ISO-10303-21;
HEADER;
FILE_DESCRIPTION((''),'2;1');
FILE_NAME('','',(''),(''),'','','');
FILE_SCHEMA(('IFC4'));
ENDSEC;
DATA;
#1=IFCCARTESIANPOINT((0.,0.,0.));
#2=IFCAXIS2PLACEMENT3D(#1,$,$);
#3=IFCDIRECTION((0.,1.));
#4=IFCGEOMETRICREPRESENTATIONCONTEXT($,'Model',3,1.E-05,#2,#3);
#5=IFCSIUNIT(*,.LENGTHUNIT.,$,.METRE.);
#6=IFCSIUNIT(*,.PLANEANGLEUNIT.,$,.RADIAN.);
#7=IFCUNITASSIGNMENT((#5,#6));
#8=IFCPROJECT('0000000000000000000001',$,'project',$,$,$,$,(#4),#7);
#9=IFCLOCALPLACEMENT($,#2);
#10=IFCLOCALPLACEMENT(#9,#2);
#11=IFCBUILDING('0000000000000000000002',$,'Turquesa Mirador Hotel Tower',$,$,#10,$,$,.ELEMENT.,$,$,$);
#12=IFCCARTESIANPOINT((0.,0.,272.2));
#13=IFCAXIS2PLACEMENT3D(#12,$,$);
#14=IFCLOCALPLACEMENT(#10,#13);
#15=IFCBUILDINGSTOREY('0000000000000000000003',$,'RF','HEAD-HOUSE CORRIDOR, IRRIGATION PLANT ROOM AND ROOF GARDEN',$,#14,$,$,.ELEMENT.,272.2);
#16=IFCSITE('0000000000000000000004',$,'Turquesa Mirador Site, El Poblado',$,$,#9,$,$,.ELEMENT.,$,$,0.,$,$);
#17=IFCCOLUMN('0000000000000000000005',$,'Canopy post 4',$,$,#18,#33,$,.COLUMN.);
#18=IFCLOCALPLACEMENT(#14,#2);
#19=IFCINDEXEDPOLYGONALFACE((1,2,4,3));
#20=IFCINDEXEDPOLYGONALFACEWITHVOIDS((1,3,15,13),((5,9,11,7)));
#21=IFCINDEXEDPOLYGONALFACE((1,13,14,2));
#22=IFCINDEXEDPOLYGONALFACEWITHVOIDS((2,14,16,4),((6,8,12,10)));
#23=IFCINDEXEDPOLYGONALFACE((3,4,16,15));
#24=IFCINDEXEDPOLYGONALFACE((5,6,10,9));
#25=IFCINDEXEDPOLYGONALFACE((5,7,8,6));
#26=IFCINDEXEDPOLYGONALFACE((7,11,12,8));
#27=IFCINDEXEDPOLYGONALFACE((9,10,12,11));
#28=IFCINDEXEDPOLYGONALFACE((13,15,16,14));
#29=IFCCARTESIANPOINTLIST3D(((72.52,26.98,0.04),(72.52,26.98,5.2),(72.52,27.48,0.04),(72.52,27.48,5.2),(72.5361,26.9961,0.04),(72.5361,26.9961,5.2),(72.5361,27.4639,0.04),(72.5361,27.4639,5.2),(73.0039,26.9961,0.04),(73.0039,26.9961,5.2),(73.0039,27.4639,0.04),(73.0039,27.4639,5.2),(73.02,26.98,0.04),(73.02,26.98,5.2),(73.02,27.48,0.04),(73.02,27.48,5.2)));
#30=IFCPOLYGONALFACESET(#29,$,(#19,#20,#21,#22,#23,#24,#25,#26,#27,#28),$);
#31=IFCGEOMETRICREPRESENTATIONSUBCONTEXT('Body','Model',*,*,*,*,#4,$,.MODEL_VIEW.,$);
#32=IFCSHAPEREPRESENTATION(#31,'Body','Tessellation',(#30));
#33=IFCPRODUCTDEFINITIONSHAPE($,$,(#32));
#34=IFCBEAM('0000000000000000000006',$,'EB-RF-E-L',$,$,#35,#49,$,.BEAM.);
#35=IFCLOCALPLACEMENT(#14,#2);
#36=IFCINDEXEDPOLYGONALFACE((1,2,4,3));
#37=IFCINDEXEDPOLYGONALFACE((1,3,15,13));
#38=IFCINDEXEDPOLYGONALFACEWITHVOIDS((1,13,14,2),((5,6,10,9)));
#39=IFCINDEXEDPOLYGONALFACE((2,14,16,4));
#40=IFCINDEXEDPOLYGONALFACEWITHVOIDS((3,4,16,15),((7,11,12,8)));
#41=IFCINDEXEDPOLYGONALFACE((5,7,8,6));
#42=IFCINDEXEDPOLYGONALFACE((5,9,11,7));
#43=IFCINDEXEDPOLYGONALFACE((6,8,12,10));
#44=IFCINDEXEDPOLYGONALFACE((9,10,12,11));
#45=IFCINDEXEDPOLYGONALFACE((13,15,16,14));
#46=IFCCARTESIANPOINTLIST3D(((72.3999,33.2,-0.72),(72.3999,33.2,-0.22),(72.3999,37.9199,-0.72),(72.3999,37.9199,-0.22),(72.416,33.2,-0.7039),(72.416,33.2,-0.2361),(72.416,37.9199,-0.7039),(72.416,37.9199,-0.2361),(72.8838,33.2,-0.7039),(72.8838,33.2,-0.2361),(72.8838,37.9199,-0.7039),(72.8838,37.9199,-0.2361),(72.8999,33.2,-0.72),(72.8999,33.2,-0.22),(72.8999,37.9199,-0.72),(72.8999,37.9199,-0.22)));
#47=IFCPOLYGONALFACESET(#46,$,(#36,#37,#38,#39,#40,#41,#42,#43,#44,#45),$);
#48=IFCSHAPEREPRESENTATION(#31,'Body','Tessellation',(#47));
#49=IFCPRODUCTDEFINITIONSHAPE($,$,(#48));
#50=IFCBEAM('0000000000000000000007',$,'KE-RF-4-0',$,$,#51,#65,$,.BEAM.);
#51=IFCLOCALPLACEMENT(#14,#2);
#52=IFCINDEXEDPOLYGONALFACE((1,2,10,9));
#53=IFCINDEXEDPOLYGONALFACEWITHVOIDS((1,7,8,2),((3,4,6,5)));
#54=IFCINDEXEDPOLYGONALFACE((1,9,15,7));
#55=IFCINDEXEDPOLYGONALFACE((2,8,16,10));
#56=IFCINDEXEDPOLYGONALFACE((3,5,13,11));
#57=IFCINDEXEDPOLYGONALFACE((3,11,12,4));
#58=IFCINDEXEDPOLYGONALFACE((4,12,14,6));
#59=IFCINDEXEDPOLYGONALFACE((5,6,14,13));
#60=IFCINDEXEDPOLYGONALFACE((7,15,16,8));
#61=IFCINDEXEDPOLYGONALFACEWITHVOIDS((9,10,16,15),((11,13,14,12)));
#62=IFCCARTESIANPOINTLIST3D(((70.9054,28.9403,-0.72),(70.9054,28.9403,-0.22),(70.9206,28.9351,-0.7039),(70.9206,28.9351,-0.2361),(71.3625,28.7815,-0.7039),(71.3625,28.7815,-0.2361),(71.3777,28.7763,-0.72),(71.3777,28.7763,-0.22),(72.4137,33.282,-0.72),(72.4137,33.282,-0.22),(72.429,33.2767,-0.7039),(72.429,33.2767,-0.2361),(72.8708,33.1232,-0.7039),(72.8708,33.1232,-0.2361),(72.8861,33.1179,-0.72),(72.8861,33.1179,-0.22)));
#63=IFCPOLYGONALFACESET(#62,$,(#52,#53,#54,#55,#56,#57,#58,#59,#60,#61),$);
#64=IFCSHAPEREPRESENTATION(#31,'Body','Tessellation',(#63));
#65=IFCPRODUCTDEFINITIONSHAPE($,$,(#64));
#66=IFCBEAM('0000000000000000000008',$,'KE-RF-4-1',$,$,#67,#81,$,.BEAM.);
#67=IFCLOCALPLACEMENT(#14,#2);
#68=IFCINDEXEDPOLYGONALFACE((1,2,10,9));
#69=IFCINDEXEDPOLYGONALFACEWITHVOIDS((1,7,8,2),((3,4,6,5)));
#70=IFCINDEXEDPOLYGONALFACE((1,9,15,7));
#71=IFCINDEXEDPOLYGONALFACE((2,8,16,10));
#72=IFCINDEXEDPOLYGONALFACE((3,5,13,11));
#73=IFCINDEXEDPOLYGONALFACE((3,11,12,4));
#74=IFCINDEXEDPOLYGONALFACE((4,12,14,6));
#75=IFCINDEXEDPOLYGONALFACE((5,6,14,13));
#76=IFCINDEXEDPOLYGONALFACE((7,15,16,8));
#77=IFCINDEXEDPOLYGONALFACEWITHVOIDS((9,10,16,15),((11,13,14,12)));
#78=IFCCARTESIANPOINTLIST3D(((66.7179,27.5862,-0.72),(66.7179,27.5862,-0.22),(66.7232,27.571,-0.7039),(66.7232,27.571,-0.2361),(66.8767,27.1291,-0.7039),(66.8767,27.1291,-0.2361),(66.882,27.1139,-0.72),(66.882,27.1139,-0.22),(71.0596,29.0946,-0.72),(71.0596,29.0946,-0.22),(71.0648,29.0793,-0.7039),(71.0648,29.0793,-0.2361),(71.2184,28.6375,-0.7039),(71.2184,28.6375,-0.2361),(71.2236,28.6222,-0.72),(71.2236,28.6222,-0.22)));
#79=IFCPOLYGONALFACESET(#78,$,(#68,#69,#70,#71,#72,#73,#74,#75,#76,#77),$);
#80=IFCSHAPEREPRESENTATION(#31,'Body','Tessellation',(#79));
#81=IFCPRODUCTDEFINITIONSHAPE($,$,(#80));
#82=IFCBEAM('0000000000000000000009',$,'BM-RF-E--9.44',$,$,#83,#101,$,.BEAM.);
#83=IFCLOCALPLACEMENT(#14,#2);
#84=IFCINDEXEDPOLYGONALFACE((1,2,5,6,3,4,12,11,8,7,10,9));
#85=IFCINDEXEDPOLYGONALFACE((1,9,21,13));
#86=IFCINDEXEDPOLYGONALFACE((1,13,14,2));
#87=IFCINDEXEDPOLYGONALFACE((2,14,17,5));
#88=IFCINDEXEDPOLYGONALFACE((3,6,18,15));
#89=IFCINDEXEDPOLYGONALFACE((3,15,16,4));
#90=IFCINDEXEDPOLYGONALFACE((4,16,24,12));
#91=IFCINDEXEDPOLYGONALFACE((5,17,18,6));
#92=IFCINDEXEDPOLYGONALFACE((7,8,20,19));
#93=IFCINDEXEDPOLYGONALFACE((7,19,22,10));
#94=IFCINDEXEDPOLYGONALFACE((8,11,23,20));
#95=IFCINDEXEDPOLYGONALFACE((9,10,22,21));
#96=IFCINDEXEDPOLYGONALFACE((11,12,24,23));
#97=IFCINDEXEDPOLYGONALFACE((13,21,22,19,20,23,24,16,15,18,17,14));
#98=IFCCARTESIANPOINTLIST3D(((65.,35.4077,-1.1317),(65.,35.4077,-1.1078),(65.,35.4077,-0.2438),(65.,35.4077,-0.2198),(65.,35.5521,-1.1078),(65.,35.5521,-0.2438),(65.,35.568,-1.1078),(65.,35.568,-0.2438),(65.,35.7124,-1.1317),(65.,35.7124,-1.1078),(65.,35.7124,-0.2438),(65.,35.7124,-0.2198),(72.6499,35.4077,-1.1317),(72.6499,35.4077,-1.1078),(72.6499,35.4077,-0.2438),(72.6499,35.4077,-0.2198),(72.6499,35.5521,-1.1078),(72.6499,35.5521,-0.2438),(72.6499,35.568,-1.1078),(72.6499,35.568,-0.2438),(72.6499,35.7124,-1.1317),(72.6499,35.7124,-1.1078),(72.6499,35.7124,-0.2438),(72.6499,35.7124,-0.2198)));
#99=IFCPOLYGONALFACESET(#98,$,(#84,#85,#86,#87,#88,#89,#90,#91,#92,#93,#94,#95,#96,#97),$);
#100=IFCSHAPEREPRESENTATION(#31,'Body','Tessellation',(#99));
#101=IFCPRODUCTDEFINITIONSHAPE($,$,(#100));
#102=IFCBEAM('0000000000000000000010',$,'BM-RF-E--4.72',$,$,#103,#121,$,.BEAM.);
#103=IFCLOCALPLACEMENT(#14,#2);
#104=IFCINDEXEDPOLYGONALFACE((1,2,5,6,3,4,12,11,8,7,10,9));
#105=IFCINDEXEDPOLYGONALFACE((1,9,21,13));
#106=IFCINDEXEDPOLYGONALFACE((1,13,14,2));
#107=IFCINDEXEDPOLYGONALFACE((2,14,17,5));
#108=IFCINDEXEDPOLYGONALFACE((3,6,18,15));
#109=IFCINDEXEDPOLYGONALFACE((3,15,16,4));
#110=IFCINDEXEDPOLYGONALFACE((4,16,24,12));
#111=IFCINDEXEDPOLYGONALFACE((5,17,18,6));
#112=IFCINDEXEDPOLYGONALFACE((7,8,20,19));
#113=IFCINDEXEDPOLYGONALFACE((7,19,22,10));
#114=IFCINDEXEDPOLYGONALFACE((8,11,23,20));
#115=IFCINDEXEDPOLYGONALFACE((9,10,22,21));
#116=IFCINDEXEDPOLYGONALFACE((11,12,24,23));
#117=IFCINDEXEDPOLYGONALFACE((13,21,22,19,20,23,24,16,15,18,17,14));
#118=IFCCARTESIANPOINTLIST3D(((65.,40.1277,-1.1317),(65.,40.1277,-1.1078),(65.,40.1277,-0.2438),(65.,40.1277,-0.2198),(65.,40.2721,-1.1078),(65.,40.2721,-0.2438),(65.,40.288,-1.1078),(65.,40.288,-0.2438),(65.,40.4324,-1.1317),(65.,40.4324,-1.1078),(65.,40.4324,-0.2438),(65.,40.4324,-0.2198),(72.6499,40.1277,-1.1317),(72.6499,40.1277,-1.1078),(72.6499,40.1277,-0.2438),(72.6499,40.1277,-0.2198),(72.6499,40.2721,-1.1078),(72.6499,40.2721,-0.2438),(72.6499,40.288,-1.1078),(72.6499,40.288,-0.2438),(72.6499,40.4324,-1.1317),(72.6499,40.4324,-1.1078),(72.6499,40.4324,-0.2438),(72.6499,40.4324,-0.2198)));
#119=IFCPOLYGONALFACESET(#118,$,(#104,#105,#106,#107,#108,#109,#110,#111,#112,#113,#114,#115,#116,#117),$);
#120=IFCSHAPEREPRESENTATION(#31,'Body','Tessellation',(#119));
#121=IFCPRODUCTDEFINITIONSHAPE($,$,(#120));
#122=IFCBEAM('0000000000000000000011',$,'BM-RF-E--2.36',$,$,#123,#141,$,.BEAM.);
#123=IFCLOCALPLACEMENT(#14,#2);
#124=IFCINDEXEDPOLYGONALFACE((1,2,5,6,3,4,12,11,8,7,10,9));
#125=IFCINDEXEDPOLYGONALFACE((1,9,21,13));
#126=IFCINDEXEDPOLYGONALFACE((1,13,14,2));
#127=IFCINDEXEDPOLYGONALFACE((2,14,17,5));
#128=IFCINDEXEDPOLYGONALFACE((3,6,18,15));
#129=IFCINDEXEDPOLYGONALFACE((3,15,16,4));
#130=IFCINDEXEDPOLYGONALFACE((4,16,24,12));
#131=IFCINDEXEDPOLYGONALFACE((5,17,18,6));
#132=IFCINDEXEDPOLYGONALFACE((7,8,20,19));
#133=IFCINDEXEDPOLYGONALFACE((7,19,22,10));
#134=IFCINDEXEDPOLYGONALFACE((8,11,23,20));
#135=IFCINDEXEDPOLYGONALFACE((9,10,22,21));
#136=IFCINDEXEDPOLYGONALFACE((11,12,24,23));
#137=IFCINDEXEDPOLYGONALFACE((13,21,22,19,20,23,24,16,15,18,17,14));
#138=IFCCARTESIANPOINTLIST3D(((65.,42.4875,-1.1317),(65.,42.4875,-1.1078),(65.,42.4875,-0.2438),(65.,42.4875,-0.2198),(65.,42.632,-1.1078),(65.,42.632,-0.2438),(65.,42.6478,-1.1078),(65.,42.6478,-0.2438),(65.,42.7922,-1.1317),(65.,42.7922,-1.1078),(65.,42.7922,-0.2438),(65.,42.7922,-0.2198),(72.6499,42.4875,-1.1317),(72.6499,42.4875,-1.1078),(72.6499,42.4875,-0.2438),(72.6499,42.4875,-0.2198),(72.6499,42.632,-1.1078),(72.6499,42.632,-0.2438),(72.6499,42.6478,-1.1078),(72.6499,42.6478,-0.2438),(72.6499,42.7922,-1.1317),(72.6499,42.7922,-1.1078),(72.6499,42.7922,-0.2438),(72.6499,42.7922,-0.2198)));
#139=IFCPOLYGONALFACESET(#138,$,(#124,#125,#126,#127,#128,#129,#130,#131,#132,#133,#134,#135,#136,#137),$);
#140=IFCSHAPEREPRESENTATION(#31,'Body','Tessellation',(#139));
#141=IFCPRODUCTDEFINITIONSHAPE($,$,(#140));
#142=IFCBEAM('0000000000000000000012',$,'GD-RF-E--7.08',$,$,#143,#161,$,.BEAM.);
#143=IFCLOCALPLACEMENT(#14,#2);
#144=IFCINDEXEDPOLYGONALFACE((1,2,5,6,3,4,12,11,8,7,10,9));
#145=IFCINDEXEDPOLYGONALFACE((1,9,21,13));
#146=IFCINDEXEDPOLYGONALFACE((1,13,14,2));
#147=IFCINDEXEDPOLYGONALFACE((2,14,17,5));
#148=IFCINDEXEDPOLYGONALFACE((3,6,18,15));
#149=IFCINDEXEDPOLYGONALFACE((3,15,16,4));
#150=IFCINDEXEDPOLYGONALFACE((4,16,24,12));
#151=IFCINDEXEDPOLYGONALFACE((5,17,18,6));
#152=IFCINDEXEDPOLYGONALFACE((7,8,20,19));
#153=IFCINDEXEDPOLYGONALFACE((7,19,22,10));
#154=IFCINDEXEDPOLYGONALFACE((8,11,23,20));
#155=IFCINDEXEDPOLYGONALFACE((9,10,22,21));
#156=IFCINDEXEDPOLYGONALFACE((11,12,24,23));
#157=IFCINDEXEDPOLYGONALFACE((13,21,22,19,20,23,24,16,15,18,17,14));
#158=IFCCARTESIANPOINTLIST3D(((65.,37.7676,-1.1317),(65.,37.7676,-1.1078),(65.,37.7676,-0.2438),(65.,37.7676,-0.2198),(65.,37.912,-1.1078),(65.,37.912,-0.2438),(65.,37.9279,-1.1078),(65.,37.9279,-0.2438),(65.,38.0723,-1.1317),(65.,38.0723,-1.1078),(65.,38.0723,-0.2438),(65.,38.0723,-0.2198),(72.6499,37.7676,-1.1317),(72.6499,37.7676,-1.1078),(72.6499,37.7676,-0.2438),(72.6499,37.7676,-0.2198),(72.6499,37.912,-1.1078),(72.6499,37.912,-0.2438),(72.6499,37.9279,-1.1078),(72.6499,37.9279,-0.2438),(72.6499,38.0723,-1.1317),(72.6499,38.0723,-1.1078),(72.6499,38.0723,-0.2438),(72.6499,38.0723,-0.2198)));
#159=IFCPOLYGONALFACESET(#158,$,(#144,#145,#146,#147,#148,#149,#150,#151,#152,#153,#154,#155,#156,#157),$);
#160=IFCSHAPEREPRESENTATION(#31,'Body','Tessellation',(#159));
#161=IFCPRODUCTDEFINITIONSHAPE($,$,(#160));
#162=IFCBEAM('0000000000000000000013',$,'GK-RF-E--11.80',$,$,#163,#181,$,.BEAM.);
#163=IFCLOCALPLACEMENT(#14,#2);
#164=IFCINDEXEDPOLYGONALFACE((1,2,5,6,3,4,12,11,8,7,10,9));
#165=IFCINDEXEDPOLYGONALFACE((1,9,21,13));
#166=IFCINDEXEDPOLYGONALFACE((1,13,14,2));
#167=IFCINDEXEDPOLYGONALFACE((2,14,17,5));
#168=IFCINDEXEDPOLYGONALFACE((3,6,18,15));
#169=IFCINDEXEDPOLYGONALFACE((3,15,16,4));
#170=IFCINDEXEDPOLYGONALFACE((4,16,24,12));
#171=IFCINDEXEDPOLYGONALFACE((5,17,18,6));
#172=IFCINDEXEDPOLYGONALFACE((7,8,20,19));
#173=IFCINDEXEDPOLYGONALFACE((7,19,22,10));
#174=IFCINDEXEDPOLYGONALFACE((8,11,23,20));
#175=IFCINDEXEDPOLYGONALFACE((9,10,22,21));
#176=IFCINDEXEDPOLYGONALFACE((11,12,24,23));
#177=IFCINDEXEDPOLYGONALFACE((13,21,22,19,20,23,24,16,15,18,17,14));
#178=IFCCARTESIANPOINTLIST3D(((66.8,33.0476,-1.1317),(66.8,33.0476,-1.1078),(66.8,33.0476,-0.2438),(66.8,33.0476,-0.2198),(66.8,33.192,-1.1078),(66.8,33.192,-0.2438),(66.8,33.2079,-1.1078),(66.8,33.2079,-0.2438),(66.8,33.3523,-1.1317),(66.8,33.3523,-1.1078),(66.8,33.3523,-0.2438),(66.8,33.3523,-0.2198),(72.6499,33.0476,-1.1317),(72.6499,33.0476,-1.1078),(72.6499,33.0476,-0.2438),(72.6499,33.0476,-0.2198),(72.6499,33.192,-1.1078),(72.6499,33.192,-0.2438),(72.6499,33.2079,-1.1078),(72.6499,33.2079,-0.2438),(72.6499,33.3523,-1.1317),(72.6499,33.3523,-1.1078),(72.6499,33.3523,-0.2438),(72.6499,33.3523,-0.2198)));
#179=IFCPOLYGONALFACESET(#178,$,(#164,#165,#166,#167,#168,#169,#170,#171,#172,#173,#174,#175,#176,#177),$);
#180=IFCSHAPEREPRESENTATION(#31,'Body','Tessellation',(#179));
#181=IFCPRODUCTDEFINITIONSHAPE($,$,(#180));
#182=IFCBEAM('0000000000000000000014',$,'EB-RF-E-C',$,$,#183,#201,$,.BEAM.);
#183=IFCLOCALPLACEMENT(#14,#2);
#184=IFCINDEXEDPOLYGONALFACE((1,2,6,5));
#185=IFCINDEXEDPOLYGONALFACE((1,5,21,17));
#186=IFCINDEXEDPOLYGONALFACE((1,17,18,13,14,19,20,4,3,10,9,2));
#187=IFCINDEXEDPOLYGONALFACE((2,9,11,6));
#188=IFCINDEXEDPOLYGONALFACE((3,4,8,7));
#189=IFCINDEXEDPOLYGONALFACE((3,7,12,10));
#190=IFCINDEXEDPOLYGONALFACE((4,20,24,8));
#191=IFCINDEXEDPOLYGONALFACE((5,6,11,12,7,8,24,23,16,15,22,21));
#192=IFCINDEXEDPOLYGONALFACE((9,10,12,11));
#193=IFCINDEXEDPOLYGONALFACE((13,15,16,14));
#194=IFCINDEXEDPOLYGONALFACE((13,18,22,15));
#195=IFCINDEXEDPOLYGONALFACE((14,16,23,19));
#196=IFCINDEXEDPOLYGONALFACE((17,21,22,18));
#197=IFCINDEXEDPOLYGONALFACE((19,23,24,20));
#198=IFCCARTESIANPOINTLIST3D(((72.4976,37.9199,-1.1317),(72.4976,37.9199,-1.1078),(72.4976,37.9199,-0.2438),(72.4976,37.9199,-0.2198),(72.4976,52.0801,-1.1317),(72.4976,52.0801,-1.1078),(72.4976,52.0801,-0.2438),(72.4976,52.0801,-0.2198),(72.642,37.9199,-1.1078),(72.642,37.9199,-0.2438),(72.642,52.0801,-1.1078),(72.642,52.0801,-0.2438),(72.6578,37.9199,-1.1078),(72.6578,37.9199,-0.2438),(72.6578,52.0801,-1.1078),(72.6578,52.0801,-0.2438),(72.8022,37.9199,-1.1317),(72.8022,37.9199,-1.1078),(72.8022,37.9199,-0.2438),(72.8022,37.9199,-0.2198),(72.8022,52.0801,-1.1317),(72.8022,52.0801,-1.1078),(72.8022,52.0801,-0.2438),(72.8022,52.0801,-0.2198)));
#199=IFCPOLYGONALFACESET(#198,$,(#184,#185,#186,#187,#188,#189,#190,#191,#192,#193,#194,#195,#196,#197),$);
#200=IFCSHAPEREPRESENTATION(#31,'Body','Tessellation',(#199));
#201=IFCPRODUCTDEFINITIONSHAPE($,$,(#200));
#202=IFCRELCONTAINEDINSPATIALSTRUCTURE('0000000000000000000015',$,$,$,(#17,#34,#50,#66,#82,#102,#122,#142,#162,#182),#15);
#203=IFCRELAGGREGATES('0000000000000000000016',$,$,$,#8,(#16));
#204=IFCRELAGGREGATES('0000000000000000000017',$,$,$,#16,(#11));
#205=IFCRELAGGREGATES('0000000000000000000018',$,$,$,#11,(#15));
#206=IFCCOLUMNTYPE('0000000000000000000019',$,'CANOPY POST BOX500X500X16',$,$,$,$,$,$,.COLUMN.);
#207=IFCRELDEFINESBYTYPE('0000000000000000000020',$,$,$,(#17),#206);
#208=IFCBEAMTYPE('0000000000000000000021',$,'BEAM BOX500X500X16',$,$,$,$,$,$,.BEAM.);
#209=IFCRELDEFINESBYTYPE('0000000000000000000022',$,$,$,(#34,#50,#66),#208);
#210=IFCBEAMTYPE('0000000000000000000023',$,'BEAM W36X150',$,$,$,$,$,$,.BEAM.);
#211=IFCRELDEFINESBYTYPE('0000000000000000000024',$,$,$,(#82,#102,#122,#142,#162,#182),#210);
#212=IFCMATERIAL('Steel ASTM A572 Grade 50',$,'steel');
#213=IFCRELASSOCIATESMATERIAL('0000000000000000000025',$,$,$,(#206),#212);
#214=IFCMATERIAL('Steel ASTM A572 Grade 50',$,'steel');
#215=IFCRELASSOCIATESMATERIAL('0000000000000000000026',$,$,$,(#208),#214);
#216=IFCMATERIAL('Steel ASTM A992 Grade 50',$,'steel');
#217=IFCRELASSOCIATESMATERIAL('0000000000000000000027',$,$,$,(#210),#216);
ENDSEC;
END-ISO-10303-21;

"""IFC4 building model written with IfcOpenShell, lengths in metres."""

from ifc_helpers import new_model, si_unit, direction, frame, origin, origin_2d, place, context, subcontext, project, spatial, hollow_rectangle, i_section, extrude, clip, halfspace, material, material_profile, profile_set, type_object, element, save


model = new_model("IFC4")

# Units and contexts
model_context = context("Model", 3, precision=1e-05, world=origin(), true_north=direction((0.0, 1.0)))
body_context = subcontext(model_context, "Body", "Model", "MODEL_VIEW")
ifc_project = project(units=[si_unit("LENGTHUNIT", "METRE"), si_unit("PLANEANGLEUNIT", "RADIAN")], contexts=[model_context])

# Site, building, storey
site_placement = place(None, origin())
site = spatial("IfcSite", under=ifc_project, at=site_placement, Name="Turquesa Mirador Site, El Poblado", CompositionType="ELEMENT", RefElevation=0.0)
building_placement = place(site_placement, origin())
building = spatial("IfcBuilding", under=site, at=building_placement, Name="Turquesa Mirador Hotel Tower", CompositionType="ELEMENT")
storey_placement = place(building_placement, frame((0.0, 0.0, 272.2)))
storey = spatial("IfcBuildingStorey", under=building, at=storey_placement, Name="RF", Description="HEAD-HOUSE CORRIDOR, IRRIGATION PLANT ROOM AND ROOF GARDEN", CompositionType="ELEMENT", Elevation=272.2)

# Column
ifc_material_1 = material(Name="Steel ASTM A572 Grade 50", Category="steel")
ifc_material_profile_1 = material_profile(ifc_material_1, hollow_rectangle(XDim=0.5, YDim=0.5, WallThickness=0.0161, at=origin_2d()), Name="BOX500X500X16")
ifc_profile_set_1 = profile_set([ifc_material_profile_1], Name="Steel ASTM A572 Grade 50")
column_type = type_object("IfcColumnType", Name="CANOPY POST BOX500X500X16", PredefinedType="COLUMN", material=ifc_profile_set_1)
column_placement = place(storey_placement, frame((72.77, 27.23, 0.0), z_axis=(0.0, 0.0, 1.0), x_axis=(1.0, 0.0, 0.0)))
element("IfcColumn", 1, at=column_placement, inside=storey, type_object=column_type, Name="Canopy post 4", PredefinedType="COLUMN", context=body_context, shape_type="Clipping", body=[
    clip(extrude(hollow_rectangle(XDim=0.5, YDim=0.5, WallThickness=0.0161, at=origin_2d()), origin(), (0.0, 0.0, 1.0), 5.2), halfspace(frame((0.0, 0.0, 0.04), z_axis=(0.0, 0.0, -1.0), x_axis=(1.0, 0.0, 0.0)), False)),
])

# Beams
ifc_material_2 = material(Name="Steel ASTM A572 Grade 50", Category="steel")
ifc_material_profile_2 = material_profile(ifc_material_2, hollow_rectangle(XDim=0.5, YDim=0.5, WallThickness=0.0161, at=origin_2d()), Name="BOX500X500X16")
ifc_profile_set_2 = profile_set([ifc_material_profile_2], Name="Steel ASTM A572 Grade 50")
beam_type_1 = type_object("IfcBeamType", Name="BEAM BOX500X500X16", PredefinedType="BEAM", material=ifc_profile_set_2)
beam_1_placement = place(storey_placement, frame((72.6499, 33.2, -0.47), z_axis=(0.0, 1.0, 0.0), x_axis=(-1.0, 0.0, 0.0)))
element("IfcBeam", 2, at=beam_1_placement, inside=storey, type_object=beam_type_1, Name="EB-RF-E-L", PredefinedType="BEAM", context=body_context, shape_type="SweptSolid", body=[
    extrude(hollow_rectangle(XDim=0.5, YDim=0.5, WallThickness=0.0161, at=origin_2d()), origin(), (0.0, 0.0, 1.0), 4.72),
])
for number, where, z_axis, x_axis, name in (
    (3, (72.6499, 33.2, -0.47), (-0.32817, -0.944619, 0.0), (0.944619, -0.32817, 0.0), "KE-RF-4-0"),
    (4, (71.1416, 28.8584, -0.47), (-0.944619, -0.32817, 0.0), (0.32817, -0.944619, 0.0), "KE-RF-4-1"),
):
    element("IfcBeam", number, at=place(storey_placement, frame(where, z_axis=z_axis, x_axis=x_axis)), inside=storey, type_object=beam_type_1, Name=name, PredefinedType="BEAM", context=body_context, shape_type="SweptSolid", body=[
        extrude(hollow_rectangle(XDim=0.5, YDim=0.5, WallThickness=0.0161, at=origin_2d()), origin(), (0.0, 0.0, 1.0), 4.5962),
    ])
ifc_material_3 = material(Name="Steel ASTM A992 Grade 50", Category="steel")
ifc_material_profile_3 = material_profile(ifc_material_3, i_section(OverallWidth=0.3047, OverallDepth=0.9119, WebThickness=0.0159, FlangeThickness=0.0239, at=origin_2d()), Name="W36X150")
ifc_profile_set_3 = profile_set([ifc_material_profile_3], Name="Steel ASTM A992 Grade 50")
beam_type_2 = type_object("IfcBeamType", Name="BEAM W36X150", PredefinedType="BEAM", material=ifc_profile_set_3)
for number, where, z_axis, x_axis, name in (
    (5, (72.6499, 35.5601, -0.6758), (-1.0, 0.0, 0.0), (0.0, -1.0, 0.0), "BM-RF-E--9.44"),
    (6, (72.6499, 40.28, -0.6758), (-1.0, 0.0, 0.0), (0.0, -1.0, 0.0), "BM-RF-E--4.72"),
    (7, (72.6499, 42.6399, -0.6758), (-1.0, 0.0, 0.0), (0.0, -1.0, 0.0), "BM-RF-E--2.36"),
    (8, (72.6499, 37.9199, -0.6758), (-1.0, 0.0, 0.0), (0.0, -1.0, 0.0), "GD-RF-E--7.08"),
):
    element("IfcBeam", number, at=place(storey_placement, frame(where, z_axis=z_axis, x_axis=x_axis)), inside=storey, type_object=beam_type_2, Name=name, PredefinedType="BEAM", context=body_context, shape_type="SweptSolid", body=[
        extrude(i_section(OverallWidth=0.3047, OverallDepth=0.9119, WebThickness=0.0159, FlangeThickness=0.0239, at=origin_2d()), origin(), (0.0, 0.0, 1.0), 7.6499),
    ])
beam_2_placement = place(storey_placement, frame((72.6499, 33.2, -0.6758), z_axis=(-1.0, 0.0, 0.0), x_axis=(0.0, -1.0, 0.0)))
element("IfcBeam", 9, at=beam_2_placement, inside=storey, type_object=beam_type_2, Name="GK-RF-E--11.80", PredefinedType="BEAM", context=body_context, shape_type="SweptSolid", body=[
    extrude(i_section(OverallWidth=0.3047, OverallDepth=0.9119, WebThickness=0.0159, FlangeThickness=0.0239, at=origin_2d()), origin(), (0.0, 0.0, 1.0), 5.8499),
])
beam_3_placement = place(storey_placement, frame((72.6499, 37.9199, -0.6758), z_axis=(0.0, 1.0, 0.0), x_axis=(-1.0, 0.0, 0.0)))
element("IfcBeam", 10, at=beam_3_placement, inside=storey, type_object=beam_type_2, Name="EB-RF-E-C", PredefinedType="BEAM", context=body_context, shape_type="SweptSolid", body=[
    extrude(i_section(OverallWidth=0.3047, OverallDepth=0.9119, WebThickness=0.0159, FlangeThickness=0.0239, at=origin_2d()), origin(), (0.0, 0.0, 1.0), 14.1602),
])

save(model, "model.ifc")
